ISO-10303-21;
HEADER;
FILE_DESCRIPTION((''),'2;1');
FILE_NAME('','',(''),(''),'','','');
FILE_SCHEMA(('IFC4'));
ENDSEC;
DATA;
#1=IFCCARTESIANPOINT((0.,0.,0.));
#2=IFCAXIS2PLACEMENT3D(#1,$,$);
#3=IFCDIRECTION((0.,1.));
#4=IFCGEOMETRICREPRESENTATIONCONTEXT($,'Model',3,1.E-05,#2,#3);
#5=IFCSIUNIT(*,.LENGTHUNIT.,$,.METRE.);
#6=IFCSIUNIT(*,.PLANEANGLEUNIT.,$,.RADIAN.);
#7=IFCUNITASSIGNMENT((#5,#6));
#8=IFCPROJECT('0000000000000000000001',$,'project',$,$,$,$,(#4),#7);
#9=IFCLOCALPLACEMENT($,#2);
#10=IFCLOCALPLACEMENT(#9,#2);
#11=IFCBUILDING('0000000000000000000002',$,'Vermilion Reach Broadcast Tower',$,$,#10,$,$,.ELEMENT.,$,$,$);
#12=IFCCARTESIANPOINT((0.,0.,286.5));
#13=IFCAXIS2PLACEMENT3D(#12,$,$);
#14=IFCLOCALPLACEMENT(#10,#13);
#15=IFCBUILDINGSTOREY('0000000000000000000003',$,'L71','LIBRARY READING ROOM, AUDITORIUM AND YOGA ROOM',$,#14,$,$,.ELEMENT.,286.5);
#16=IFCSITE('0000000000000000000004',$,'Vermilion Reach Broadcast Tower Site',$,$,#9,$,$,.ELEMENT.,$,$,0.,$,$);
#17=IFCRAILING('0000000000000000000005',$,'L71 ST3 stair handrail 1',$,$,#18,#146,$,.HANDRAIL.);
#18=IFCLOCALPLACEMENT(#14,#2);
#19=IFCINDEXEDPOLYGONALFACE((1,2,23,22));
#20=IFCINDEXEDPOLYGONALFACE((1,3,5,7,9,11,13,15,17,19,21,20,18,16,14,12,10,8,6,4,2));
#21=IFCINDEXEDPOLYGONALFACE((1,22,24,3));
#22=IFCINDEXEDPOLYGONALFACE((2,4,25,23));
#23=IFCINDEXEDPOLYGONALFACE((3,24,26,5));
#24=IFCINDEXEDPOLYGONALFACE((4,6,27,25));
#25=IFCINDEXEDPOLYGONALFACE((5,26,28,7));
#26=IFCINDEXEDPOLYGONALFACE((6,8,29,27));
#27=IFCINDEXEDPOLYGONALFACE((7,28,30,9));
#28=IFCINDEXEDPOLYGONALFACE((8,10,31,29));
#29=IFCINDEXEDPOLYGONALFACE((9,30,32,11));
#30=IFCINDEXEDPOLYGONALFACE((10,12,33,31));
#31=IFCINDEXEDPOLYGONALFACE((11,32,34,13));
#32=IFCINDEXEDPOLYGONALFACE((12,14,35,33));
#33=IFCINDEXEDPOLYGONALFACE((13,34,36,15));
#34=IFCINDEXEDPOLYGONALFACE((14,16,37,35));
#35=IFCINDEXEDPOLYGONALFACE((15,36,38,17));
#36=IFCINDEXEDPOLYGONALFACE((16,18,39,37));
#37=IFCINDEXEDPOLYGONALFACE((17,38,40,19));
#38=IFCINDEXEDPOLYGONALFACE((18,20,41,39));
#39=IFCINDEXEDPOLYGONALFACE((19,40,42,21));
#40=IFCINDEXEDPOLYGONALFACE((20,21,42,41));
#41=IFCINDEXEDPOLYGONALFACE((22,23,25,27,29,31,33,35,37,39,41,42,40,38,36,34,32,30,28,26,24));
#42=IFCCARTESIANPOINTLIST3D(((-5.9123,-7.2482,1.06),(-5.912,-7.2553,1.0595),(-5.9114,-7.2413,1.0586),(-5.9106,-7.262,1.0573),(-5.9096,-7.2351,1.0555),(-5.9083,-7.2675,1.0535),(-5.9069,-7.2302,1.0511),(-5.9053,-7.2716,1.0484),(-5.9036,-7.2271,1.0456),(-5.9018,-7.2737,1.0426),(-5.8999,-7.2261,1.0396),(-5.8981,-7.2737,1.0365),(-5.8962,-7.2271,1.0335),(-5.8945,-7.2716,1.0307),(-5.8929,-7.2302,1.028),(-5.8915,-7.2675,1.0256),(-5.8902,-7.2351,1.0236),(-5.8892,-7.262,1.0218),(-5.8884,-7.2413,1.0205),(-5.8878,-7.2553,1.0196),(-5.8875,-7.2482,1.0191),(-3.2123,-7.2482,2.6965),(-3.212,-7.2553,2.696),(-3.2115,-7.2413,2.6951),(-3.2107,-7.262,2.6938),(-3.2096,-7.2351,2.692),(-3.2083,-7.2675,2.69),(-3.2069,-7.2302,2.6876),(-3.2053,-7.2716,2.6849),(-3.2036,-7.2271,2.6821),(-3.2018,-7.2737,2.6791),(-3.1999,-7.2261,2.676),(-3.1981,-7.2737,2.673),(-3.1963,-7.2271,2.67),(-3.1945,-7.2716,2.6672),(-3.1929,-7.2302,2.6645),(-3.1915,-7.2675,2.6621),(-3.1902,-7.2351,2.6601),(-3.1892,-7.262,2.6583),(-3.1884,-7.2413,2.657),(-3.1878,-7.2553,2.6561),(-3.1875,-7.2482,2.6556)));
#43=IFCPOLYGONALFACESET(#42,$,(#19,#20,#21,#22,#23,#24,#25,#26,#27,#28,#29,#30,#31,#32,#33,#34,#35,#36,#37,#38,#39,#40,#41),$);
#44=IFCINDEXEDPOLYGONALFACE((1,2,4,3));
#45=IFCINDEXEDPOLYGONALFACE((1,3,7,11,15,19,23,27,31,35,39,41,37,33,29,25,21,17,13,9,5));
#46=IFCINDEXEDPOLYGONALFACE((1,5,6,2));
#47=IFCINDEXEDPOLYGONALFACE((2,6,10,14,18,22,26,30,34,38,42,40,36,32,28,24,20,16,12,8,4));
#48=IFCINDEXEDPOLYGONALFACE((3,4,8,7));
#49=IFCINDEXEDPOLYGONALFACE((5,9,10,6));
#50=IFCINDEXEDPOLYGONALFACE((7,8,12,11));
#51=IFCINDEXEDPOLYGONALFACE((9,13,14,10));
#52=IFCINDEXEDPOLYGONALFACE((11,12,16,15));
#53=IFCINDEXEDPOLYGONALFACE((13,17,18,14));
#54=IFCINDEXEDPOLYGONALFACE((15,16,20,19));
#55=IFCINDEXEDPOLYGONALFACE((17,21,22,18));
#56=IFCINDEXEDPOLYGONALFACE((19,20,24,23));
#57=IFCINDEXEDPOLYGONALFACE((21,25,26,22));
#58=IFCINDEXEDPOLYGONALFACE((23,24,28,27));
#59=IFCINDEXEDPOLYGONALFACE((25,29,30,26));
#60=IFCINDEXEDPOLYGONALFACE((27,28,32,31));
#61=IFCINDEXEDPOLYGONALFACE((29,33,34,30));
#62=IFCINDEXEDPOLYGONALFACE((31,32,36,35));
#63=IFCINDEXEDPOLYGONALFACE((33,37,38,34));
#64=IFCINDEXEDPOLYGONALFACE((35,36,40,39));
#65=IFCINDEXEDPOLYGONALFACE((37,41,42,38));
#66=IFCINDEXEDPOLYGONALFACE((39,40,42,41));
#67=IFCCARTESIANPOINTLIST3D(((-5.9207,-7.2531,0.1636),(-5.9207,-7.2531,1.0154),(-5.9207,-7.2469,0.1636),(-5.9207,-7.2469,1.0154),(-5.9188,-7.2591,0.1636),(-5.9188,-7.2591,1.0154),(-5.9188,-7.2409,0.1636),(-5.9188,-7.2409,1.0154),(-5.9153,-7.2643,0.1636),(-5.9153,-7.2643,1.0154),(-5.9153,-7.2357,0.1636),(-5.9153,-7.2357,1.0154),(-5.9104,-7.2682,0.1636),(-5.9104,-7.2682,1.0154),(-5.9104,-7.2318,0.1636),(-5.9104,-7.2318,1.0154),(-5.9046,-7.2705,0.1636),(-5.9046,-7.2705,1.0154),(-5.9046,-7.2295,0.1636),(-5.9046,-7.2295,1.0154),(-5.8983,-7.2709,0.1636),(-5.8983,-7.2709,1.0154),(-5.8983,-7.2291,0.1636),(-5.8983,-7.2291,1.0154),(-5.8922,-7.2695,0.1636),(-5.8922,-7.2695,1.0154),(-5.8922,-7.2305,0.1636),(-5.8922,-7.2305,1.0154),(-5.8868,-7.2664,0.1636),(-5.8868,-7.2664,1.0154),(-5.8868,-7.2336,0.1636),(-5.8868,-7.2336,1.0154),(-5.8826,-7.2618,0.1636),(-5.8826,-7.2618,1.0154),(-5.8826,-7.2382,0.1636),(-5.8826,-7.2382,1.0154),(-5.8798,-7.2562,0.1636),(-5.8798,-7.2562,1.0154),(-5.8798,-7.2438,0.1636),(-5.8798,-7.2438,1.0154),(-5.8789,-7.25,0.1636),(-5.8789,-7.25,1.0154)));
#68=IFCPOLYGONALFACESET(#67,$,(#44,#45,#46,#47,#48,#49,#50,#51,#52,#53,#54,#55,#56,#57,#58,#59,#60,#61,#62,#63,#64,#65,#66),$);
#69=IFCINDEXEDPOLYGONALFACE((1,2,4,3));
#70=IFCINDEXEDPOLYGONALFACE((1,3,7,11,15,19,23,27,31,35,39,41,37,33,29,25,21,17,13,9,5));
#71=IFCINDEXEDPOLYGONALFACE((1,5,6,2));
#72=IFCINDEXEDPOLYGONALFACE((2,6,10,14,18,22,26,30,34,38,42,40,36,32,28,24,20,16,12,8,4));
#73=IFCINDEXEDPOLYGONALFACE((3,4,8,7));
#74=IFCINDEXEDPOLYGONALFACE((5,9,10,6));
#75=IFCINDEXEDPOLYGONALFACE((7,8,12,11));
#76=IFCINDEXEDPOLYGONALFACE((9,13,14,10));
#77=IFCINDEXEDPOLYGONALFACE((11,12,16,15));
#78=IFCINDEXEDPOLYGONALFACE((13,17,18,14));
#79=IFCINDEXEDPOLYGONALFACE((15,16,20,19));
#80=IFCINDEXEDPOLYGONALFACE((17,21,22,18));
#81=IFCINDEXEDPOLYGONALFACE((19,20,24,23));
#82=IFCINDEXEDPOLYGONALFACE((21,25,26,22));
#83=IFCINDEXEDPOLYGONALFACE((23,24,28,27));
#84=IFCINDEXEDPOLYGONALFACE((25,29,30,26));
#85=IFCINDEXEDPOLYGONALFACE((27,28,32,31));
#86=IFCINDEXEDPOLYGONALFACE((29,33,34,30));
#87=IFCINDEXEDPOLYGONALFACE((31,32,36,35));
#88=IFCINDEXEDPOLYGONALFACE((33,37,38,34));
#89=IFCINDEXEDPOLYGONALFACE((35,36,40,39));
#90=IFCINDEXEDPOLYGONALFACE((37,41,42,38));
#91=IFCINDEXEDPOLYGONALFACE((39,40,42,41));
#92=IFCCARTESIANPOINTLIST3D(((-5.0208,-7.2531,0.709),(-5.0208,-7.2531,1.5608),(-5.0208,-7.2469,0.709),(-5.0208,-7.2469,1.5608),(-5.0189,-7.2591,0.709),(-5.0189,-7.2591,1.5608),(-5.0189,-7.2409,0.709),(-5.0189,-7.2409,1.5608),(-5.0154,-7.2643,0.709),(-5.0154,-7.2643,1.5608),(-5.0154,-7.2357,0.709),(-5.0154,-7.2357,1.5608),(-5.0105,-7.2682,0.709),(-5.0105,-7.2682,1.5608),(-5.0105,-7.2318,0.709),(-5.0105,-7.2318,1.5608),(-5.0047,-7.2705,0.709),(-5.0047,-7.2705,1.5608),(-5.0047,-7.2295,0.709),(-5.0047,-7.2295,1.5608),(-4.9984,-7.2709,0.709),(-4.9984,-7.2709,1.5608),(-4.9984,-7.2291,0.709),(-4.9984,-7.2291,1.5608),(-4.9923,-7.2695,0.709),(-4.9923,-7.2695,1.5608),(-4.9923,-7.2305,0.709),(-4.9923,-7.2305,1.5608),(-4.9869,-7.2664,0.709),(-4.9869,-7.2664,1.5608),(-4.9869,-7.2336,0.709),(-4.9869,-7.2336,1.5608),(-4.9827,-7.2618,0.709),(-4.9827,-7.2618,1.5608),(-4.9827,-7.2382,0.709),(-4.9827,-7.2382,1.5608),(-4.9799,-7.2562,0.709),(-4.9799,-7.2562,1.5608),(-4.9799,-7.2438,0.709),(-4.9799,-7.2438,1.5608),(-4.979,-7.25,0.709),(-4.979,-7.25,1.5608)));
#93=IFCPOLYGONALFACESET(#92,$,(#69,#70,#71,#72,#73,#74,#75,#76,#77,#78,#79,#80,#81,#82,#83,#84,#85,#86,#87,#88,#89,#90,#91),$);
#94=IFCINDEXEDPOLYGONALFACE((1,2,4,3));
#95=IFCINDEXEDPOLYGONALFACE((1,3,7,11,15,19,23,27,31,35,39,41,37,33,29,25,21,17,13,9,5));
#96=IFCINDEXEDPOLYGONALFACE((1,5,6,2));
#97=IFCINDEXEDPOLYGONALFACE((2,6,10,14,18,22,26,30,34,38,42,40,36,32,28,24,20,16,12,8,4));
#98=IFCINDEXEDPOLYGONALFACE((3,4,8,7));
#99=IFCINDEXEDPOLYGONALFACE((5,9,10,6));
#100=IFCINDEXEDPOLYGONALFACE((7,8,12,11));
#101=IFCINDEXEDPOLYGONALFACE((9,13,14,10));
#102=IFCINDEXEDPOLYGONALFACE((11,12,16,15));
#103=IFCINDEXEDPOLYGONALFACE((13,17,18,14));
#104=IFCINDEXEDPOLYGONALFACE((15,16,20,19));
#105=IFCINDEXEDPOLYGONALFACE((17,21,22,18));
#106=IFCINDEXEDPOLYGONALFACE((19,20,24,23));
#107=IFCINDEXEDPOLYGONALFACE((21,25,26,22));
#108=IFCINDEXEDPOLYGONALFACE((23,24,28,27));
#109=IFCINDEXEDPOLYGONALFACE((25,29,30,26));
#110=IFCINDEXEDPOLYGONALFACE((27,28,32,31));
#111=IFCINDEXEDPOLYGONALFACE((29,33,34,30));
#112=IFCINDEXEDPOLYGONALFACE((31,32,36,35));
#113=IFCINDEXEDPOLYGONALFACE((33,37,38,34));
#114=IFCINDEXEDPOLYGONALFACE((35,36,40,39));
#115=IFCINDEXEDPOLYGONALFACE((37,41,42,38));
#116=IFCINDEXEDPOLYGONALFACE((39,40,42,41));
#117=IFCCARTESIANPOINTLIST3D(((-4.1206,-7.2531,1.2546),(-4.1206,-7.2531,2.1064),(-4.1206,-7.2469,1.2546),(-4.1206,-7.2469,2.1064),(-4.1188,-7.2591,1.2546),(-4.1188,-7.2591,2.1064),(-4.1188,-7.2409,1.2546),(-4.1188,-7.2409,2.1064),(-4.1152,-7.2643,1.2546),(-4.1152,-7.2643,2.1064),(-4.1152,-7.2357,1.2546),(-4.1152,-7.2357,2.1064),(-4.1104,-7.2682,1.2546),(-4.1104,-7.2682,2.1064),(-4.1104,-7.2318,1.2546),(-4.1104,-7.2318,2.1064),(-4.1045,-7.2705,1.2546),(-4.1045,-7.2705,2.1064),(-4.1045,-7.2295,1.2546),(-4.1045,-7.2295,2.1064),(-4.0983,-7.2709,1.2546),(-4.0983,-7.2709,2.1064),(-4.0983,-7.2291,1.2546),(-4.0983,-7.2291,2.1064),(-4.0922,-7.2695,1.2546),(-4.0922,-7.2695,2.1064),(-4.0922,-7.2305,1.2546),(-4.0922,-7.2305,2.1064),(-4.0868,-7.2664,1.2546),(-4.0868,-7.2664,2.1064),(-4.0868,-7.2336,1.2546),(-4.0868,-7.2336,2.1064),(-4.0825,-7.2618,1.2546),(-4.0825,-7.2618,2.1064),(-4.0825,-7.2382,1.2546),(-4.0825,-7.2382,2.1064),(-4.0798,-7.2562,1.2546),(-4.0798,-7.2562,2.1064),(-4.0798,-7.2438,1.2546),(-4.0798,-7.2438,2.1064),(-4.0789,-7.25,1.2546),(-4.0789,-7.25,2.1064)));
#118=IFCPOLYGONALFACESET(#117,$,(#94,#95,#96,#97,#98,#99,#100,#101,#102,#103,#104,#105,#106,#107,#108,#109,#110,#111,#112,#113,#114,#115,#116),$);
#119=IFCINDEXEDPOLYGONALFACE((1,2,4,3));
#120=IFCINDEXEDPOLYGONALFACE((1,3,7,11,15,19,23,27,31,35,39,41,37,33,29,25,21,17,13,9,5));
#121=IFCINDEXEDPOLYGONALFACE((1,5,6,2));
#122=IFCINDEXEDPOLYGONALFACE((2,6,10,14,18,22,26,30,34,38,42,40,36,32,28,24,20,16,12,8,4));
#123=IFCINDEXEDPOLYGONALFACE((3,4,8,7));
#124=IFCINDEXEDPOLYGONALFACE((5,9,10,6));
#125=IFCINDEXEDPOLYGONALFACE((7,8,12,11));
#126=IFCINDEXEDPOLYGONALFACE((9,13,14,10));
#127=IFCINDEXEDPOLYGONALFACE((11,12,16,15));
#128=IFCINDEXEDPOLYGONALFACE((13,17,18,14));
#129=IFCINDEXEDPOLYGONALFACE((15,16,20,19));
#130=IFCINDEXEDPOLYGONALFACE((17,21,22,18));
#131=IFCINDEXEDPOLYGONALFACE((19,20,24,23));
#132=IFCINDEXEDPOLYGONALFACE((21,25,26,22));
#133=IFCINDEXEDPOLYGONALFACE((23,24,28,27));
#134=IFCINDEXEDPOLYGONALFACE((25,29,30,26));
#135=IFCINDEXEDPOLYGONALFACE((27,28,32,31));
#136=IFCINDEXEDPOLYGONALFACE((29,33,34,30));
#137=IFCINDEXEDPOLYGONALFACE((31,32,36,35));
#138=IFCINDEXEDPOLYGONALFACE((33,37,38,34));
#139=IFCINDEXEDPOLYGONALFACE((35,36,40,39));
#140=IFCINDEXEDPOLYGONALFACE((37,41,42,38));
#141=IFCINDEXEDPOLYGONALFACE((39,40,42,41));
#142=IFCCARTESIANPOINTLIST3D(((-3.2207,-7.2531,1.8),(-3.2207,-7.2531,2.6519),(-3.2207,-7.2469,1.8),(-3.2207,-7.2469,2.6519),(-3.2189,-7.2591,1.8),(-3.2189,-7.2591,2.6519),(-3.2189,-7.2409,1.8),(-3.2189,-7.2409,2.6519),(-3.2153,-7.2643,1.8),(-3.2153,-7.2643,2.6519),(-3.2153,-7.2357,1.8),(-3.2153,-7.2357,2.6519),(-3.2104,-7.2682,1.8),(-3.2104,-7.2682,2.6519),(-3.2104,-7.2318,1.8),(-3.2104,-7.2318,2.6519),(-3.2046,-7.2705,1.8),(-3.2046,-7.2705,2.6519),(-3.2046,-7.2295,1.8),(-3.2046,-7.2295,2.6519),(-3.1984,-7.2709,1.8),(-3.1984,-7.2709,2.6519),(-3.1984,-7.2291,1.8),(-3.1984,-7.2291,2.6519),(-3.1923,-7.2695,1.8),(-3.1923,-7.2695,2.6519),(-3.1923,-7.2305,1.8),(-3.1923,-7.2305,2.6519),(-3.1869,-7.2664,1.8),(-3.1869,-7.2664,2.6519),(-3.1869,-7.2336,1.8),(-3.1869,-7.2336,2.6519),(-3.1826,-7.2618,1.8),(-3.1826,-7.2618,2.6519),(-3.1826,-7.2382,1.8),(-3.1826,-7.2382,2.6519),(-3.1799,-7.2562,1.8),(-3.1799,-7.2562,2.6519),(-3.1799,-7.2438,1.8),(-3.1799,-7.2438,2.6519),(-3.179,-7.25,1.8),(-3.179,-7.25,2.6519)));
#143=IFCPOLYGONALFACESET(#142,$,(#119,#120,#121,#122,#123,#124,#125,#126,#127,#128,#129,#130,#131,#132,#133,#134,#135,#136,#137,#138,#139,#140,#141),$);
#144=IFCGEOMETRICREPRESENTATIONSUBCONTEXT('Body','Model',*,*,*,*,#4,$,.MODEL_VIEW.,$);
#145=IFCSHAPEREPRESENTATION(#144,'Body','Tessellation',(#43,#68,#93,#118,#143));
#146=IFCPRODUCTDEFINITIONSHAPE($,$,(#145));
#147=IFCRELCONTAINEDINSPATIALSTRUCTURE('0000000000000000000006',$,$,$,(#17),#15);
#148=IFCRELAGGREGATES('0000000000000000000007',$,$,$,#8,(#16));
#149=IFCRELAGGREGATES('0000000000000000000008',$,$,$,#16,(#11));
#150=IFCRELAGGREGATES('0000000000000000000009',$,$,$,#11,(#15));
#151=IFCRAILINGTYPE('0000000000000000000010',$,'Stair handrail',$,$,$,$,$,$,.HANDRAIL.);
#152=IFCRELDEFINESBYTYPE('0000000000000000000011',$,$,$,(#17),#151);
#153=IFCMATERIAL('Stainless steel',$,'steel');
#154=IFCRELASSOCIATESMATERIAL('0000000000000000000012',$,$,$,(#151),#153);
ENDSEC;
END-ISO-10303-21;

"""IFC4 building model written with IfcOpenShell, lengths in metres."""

from ifc_helpers import new_model, si_unit, direction, frame, origin, origin_2d, place, context, subcontext, project, spatial, circle, extrude, material, type_object, element, save


model = new_model("IFC4")

# Units and contexts
model_context = context("Model", 3, precision=1e-05, world=origin(), true_north=direction((0.0, 1.0)))
body_context = subcontext(model_context, "Body", "Model", "MODEL_VIEW")
ifc_project = project(units=[si_unit("LENGTHUNIT", "METRE"), si_unit("PLANEANGLEUNIT", "RADIAN")], contexts=[model_context])

# Site, building, storey
site_placement = place(None, origin())
site = spatial("IfcSite", under=ifc_project, at=site_placement, Name="Vermilion Reach Broadcast Tower Site", CompositionType="ELEMENT", RefElevation=0.0)
building_placement = place(site_placement, origin())
building = spatial("IfcBuilding", under=site, at=building_placement, Name="Vermilion Reach Broadcast Tower", CompositionType="ELEMENT")
storey_placement = place(building_placement, frame((0.0, 0.0, 286.5)))
storey = spatial("IfcBuildingStorey", under=building, at=storey_placement, Name="L71", Description="LIBRARY READING ROOM, AUDITORIUM AND YOGA ROOM", CompositionType="ELEMENT", Elevation=286.5)

# Railing
ifc_material_1 = material(Name="Stainless steel", Category="steel")
railing_type_1 = type_object("IfcRailingType", Name="Stair handrail", PredefinedType="HANDRAIL", material=ifc_material_1)
railing_1_placement = place(storey_placement, frame((-5.8999, -7.25, 0.1636)))
element("IfcRailing", 1, at=railing_1_placement, inside=storey, type_object=railing_type_1, Name="L71 ST3 stair handrail 1", PredefinedType="HANDRAIL", context=body_context, shape_type="SweptSolid", body=[
    extrude(circle(Radius=0.0239, at=origin_2d()), frame((0.0, 0.0, 0.876), z_axis=(0.855178, 0.0, 0.518334), x_axis=(0.0, 1.0, 0.0)), (0.0, 0.0, 1.0), 3.1572),
    extrude(circle(Radius=0.021, at=origin_2d()), origin(), (0.0, 0.0, 1.0), 0.8518),
    extrude(circle(Radius=0.021, at=origin_2d()), frame((0.8999, 0.0, 0.5454)), (0.0, 0.0, 1.0), 0.8518),
    extrude(circle(Radius=0.021, at=origin_2d()), frame((1.8, 0.0, 1.0911)), (0.0, 0.0, 1.0), 0.8518),
    extrude(circle(Radius=0.021, at=origin_2d()), frame((2.7, 0.0, 1.6365)), (0.0, 0.0, 1.0), 0.8518),
])

save(model, "model.ifc")
